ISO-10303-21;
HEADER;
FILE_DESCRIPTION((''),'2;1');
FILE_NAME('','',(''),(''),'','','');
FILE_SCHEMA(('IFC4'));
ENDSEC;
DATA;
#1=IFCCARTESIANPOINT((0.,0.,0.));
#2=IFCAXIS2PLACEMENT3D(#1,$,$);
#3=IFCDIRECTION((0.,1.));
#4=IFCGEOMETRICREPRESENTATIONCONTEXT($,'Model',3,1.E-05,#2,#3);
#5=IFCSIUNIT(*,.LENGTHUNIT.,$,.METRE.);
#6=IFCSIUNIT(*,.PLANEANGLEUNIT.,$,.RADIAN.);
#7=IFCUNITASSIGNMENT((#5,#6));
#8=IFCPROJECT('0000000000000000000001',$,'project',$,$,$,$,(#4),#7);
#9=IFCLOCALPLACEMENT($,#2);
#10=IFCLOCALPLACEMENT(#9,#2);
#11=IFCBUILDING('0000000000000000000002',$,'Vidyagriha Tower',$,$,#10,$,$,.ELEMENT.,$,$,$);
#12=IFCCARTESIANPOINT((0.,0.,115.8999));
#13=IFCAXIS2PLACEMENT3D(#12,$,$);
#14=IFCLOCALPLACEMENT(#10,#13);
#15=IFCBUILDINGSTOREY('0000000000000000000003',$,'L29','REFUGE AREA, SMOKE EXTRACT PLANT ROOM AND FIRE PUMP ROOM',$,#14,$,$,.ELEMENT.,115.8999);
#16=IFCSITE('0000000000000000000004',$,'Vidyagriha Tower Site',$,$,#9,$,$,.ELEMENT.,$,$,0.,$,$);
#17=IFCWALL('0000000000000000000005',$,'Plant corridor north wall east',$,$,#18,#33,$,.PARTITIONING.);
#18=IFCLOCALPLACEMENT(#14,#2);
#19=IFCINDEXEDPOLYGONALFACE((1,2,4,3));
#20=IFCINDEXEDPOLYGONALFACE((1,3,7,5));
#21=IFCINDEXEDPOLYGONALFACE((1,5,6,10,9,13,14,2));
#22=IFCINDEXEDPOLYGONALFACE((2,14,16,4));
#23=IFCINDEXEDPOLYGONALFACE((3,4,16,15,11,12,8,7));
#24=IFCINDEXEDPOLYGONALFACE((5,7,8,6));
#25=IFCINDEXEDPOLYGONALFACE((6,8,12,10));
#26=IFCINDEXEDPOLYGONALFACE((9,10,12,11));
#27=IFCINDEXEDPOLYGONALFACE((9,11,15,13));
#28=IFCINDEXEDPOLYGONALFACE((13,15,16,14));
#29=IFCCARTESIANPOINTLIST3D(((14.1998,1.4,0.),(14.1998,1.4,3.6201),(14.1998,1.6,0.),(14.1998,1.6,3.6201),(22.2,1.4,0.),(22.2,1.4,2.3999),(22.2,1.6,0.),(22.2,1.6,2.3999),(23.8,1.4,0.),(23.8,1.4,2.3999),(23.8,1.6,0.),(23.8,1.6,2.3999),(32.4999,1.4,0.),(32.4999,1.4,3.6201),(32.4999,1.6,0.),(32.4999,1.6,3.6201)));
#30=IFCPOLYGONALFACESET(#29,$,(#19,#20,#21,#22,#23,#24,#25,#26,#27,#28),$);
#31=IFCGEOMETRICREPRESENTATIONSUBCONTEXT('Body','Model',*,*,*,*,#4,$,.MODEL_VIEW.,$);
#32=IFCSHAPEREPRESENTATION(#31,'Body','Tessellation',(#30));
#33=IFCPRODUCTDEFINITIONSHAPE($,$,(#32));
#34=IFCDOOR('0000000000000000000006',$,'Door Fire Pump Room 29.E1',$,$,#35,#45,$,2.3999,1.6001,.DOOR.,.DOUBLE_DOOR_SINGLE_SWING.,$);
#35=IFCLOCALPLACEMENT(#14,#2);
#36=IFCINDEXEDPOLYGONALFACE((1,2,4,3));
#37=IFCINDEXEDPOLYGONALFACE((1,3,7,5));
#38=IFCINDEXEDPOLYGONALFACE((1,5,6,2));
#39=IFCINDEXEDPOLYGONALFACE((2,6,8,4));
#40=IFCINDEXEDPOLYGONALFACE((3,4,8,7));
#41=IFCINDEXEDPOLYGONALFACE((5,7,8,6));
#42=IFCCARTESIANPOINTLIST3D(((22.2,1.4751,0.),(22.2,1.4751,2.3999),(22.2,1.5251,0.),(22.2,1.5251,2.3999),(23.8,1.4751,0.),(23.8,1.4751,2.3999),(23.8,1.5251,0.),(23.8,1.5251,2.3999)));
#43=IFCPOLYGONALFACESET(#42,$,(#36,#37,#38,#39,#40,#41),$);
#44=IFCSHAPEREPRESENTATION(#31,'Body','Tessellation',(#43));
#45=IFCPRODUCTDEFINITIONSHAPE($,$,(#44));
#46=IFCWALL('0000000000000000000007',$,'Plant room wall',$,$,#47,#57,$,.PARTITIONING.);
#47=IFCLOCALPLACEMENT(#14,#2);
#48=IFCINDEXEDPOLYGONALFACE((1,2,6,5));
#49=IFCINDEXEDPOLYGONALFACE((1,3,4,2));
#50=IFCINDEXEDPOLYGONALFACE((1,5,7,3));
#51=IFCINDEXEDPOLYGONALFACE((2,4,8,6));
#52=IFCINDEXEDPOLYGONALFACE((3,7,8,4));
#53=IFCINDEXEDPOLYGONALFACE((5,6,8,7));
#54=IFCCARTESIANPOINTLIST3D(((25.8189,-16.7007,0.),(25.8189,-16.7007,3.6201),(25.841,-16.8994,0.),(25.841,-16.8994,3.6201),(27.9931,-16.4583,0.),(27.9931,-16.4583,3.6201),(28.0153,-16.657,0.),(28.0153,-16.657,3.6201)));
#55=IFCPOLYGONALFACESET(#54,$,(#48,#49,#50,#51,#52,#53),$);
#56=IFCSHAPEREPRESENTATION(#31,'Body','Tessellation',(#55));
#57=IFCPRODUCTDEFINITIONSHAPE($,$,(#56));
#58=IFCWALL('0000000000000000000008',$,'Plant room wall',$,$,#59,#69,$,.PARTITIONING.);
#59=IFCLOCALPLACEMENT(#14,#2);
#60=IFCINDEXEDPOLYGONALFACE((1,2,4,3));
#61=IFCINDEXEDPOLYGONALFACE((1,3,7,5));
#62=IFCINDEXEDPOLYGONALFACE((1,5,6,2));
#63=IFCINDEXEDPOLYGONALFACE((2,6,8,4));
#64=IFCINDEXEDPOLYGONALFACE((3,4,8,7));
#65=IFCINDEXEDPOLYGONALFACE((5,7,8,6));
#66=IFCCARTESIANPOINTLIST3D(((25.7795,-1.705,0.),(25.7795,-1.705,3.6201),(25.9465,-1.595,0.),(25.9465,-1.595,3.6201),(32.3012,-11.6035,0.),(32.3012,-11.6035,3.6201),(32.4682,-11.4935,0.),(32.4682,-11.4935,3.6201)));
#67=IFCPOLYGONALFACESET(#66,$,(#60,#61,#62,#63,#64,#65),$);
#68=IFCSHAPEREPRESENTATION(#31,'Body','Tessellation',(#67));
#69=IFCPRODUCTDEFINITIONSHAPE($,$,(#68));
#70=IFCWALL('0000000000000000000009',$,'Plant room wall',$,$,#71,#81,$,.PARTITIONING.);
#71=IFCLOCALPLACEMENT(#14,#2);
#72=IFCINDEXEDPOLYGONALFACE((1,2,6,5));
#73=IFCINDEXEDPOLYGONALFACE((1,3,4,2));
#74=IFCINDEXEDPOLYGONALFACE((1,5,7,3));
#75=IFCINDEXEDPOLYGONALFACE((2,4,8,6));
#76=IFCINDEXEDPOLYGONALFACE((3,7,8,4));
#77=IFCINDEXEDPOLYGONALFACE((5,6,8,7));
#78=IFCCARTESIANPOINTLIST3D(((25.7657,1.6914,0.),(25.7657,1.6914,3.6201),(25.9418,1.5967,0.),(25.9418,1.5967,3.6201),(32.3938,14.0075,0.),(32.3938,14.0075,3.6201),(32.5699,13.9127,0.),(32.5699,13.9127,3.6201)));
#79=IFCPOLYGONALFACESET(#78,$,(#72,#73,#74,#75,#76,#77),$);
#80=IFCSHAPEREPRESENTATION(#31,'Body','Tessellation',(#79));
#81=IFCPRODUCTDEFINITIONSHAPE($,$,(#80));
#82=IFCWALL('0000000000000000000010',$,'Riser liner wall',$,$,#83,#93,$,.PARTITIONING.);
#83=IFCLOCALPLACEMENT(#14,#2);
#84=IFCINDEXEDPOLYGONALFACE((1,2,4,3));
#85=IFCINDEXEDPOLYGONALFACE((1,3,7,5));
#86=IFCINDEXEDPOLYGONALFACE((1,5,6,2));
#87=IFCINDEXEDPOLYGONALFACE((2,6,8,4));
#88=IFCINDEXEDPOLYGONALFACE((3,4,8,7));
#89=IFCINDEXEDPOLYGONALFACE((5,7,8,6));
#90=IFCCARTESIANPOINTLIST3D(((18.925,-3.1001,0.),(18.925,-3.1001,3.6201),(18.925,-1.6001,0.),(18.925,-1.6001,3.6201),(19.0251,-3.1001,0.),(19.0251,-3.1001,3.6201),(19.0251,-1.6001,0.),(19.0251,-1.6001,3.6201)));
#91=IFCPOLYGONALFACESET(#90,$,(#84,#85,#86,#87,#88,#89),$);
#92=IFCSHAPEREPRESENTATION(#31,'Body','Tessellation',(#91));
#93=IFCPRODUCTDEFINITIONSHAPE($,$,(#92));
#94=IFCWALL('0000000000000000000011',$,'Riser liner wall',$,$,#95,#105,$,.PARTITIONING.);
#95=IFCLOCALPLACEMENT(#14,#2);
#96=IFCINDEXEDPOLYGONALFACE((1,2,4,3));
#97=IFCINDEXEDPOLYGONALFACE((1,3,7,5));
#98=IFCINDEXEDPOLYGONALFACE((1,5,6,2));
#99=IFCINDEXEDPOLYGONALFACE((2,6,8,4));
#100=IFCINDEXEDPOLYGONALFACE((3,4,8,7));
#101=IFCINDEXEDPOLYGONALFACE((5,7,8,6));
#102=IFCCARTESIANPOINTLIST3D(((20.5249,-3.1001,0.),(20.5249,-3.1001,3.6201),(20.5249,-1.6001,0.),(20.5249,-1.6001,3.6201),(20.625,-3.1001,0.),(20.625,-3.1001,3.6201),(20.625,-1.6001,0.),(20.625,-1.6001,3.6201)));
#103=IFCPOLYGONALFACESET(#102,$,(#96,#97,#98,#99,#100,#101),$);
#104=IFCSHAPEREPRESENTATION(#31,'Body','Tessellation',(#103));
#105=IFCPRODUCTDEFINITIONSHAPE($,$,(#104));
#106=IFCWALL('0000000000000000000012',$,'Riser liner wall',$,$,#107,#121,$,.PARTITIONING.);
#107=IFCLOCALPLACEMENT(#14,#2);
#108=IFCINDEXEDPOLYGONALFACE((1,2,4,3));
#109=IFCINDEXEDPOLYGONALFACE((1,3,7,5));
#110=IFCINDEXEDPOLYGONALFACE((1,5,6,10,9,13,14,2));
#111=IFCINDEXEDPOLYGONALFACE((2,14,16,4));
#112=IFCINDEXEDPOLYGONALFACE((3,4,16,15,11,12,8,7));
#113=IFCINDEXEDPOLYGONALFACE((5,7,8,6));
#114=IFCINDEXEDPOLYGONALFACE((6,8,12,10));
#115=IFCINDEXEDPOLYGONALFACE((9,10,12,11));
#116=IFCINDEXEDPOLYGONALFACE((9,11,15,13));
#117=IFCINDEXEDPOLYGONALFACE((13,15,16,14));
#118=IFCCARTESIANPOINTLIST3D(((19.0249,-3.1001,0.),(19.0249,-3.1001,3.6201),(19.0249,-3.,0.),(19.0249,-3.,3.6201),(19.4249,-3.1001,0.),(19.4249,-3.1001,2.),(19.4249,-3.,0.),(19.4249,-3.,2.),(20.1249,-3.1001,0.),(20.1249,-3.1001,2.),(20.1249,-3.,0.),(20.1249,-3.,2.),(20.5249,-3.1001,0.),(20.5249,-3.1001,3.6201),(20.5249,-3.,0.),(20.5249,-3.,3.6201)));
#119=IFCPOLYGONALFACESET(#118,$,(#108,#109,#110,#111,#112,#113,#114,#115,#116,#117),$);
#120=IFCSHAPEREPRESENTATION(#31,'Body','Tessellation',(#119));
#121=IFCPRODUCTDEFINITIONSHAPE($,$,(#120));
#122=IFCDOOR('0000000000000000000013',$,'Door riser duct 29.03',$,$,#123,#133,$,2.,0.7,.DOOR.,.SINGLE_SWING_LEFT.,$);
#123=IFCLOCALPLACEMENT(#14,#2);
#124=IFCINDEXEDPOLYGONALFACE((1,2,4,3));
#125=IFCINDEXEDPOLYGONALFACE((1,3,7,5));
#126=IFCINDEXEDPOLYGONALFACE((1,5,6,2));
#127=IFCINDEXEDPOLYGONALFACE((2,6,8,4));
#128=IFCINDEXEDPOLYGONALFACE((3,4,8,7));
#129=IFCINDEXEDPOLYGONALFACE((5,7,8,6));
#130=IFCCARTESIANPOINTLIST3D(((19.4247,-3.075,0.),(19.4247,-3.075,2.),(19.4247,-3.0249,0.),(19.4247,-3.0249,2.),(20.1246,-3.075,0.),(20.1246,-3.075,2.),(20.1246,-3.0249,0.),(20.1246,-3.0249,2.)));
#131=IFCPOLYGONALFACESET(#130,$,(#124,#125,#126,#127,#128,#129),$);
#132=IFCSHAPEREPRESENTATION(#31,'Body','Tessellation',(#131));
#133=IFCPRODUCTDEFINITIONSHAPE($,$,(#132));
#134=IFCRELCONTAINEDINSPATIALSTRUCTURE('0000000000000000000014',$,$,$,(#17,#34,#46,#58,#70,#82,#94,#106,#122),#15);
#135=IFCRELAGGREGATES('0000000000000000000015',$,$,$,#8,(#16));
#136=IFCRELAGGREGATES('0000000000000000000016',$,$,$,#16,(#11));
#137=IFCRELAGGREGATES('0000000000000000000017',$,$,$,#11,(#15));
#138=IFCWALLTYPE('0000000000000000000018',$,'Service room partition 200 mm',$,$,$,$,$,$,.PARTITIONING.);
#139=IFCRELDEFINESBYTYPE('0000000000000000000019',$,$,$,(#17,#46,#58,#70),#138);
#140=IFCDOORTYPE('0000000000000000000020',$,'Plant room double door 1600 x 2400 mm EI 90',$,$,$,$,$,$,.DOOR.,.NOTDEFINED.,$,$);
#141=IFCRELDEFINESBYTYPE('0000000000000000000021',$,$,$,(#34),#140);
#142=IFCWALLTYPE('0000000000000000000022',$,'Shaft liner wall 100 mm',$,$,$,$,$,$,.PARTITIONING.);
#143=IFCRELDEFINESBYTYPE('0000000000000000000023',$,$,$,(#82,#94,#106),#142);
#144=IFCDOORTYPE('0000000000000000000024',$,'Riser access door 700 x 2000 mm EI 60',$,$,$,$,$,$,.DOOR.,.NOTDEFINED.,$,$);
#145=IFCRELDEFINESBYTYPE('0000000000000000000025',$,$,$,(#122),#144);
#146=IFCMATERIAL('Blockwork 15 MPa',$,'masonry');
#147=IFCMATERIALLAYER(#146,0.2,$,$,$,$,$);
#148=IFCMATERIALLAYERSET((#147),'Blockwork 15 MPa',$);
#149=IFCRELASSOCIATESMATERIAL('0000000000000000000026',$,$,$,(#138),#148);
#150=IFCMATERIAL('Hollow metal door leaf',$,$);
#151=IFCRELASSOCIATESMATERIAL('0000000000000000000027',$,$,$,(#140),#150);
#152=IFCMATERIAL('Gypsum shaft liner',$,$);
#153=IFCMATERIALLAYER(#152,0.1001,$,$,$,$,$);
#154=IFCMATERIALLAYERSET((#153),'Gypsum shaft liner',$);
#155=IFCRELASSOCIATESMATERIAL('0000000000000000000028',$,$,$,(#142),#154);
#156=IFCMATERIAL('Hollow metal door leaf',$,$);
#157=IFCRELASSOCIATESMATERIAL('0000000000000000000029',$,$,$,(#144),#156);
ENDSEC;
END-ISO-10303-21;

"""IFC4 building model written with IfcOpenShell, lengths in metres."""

from ifc_helpers import new_model, si_unit, direction, frame, frame_2d, origin, place, context, subcontext, project, spatial, rectangle, extrude, material, layer, layer_set, type_object, element, fill, save


model = new_model("IFC4")

# Units and contexts
model_context = context("Model", 3, precision=1e-05, world=origin(), true_north=direction((0.0, 1.0)))
body_context = subcontext(model_context, "Body", "Model", "MODEL_VIEW")
ifc_project = project(units=[si_unit("LENGTHUNIT", "METRE"), si_unit("PLANEANGLEUNIT", "RADIAN")], contexts=[model_context])

# Site, building, storey
site_placement = place(None, origin())
site = spatial("IfcSite", under=ifc_project, at=site_placement, Name="Vidyagriha Tower Site", CompositionType="ELEMENT", RefElevation=0.0)
building_placement = place(site_placement, origin())
building = spatial("IfcBuilding", under=site, at=building_placement, Name="Vidyagriha Tower", CompositionType="ELEMENT")
storey_placement = place(building_placement, frame((0.0, 0.0, 115.8999)))
storey = spatial("IfcBuildingStorey", under=building, at=storey_placement, Name="L29", Description="REFUGE AREA, SMOKE EXTRACT PLANT ROOM AND FIRE PUMP ROOM", CompositionType="ELEMENT", Elevation=115.8999)

# Wall, opening, door
ifc_material_1 = material(Name="Blockwork 15 MPa", Category="masonry")
ifc_layer_1 = layer(ifc_material_1, 0.2)
ifc_layer_set_1 = layer_set([ifc_layer_1], Name="Blockwork 15 MPa")
wall_type_1 = type_object("IfcWallType", Name="Service room partition 200 mm", PredefinedType="PARTITIONING", material=ifc_layer_set_1)
wall_1_placement = place(storey_placement, frame((14.2, 1.5, 0.0)))
wall_1 = element("IfcWall", 1, at=wall_1_placement, inside=storey, type_object=wall_type_1, Name="Plant corridor north wall east", PredefinedType="PARTITIONING", context=body_context, shape_type="SweptSolid", body=[
    extrude(rectangle(XDim=18.3, YDim=0.2, at=frame_2d((9.1499, 0.0))), origin(), (0.0, 0.0, 1.0), 3.6201),
])
opening_1_placement = place(wall_1_placement, frame((8.0, 0.0, 0.0)))
opening_1 = element("IfcOpeningElement", 2, at=opening_1_placement, cuts=wall_1, PredefinedType="OPENING", context=body_context, shape_type="SweptSolid", body=[
    extrude(rectangle(XDim=1.6001, YDim=2.3999, at=frame_2d((0.8, 1.2))), frame((0.0, 0.1099, 0.0), z_axis=(0.0, -1.0, 0.0), x_axis=(1.0, 0.0, 0.0)), (0.0, 0.0, 1.0), 0.22),
])
ifc_material_2 = material(Name="Hollow metal door leaf")
door_type_1 = type_object("IfcDoorType", Name="Plant room double door 1600 x 2400 mm EI 90", OperationType="NOTDEFINED", PredefinedType="DOOR", material=ifc_material_2)
door_1_placement = place(opening_1_placement, frame((1.6001, 0.0, 0.0), z_axis=(0.0, 0.0, 1.0), x_axis=(-1.0, 0.0, 0.0)))
door_1 = element("IfcDoor", 3, at=door_1_placement, inside=storey, type_object=door_type_1, Name="Door Fire Pump Room 29.E1", OperationType="DOUBLE_DOOR_SINGLE_SWING", OverallHeight=2.3999, OverallWidth=1.6001, PredefinedType="DOOR", context=body_context, shape_type="SweptSolid", body=[
    extrude(rectangle(XDim=1.6001, YDim=2.3999, at=frame_2d((0.8, 1.2))), frame((0.0, 0.0249, 0.0), z_axis=(0.0, -1.0, 0.0), x_axis=(1.0, 0.0, 0.0)), (0.0, 0.0, 1.0), 0.05),
])
fill(opening_1, door_1)

# Walls
wall_2_placement = place(storey_placement, frame((25.8301, -16.8, 0.0), z_axis=(0.0, 0.0, 1.0), x_axis=(0.993841, 0.110811, 0.0)))
element("IfcWall", 4, at=wall_2_placement, inside=storey, type_object=wall_type_1, Name="Plant room wall", PredefinedType="PARTITIONING", context=body_context, shape_type="SweptSolid", body=[
    extrude(rectangle(XDim=2.1877, YDim=0.2, at=frame_2d((1.0938, 0.0))), origin(), (0.0, 0.0, 1.0), 3.6201),
])
wall_3_placement = place(storey_placement, frame((25.863, -1.6501, 0.0), z_axis=(0.0, 0.0, 1.0), x_axis=(0.550182, -0.835045, 0.0)))
element("IfcWall", 5, at=wall_3_placement, inside=storey, type_object=wall_type_1, Name="Plant room wall", PredefinedType="PARTITIONING", context=body_context, shape_type="SweptSolid", body=[
    extrude(rectangle(XDim=11.8538, YDim=0.2, at=frame_2d((5.9268, 0.0))), origin(), (0.0, 0.0, 1.0), 3.6201),
])
wall_4_placement = place(storey_placement, frame((25.8538, 1.644, 0.0), z_axis=(0.0, 0.0, 1.0), x_axis=(0.4739, 0.880579, 0.0)))
element("IfcWall", 6, at=wall_4_placement, inside=storey, type_object=wall_type_1, Name="Plant room wall", PredefinedType="PARTITIONING", context=body_context, shape_type="SweptSolid", body=[
    extrude(rectangle(XDim=13.9863, YDim=0.2, at=frame_2d((6.9932, 0.0))), origin(), (0.0, 0.0, 1.0), 3.6201),
])
ifc_material_3 = material(Name="Gypsum shaft liner")
ifc_layer_2 = layer(ifc_material_3, 0.1001)
ifc_layer_set_2 = layer_set([ifc_layer_2], Name="Gypsum shaft liner")
wall_type_2 = type_object("IfcWallType", Name="Shaft liner wall 100 mm", PredefinedType="PARTITIONING", material=ifc_layer_set_2)
for number, where, z_axis, x_axis, name in (
    (7, (18.9751, -1.6001, 0.0), (0.0, 0.0, 1.0), (0.0, -1.0, 0.0), "Riser liner wall"),
    (8, (20.575, -1.6001, 0.0), (0.0, 0.0, 1.0), (0.0, -1.0, 0.0), "Riser liner wall"),
):
    element("IfcWall", number, at=place(storey_placement, frame(where, z_axis=z_axis, x_axis=x_axis)), inside=storey, type_object=wall_type_2, Name=name, PredefinedType="PARTITIONING", context=body_context, shape_type="SweptSolid", body=[
        extrude(rectangle(XDim=1.5, YDim=0.1001, at=frame_2d((0.75, 0.0))), origin(), (0.0, 0.0, 1.0), 3.6201),
    ])

# Wall, opening, door
wall_5_placement = place(storey_placement, frame((19.0249, -3.05, 0.0)))
wall_5 = element("IfcWall", 9, at=wall_5_placement, inside=storey, type_object=wall_type_2, Name="Riser liner wall", PredefinedType="PARTITIONING", context=body_context, shape_type="SweptSolid", body=[
    extrude(rectangle(XDim=1.5, YDim=0.1001, at=frame_2d((0.75, 0.0))), origin(), (0.0, 0.0, 1.0), 3.6201),
])
opening_2_placement = place(wall_5_placement, frame((0.3999, 0.0, 0.0)))
opening_2 = element("IfcOpeningElement", 10, at=opening_2_placement, cuts=wall_5, PredefinedType="OPENING", context=body_context, shape_type="SweptSolid", body=[
    extrude(rectangle(XDim=0.7, YDim=2.0, at=frame_2d((0.3501, 1.0))), frame((0.0, 0.0601, 0.0), z_axis=(0.0, -1.0, 0.0), x_axis=(1.0, 0.0, 0.0)), (0.0, 0.0, 1.0), 0.1201),
])
ifc_material_4 = material(Name="Hollow metal door leaf")
door_type_2 = type_object("IfcDoorType", Name="Riser access door 700 x 2000 mm EI 60", OperationType="NOTDEFINED", PredefinedType="DOOR", material=ifc_material_4)
door_2_placement = place(opening_2_placement, frame((0.7, 0.0, 0.0), z_axis=(0.0, 0.0, 1.0), x_axis=(-1.0, 0.0, 0.0)))
door_2 = element("IfcDoor", 11, at=door_2_placement, inside=storey, type_object=door_type_2, Name="Door riser duct 29.03", OperationType="SINGLE_SWING_LEFT", OverallHeight=2.0, OverallWidth=0.7, PredefinedType="DOOR", context=body_context, shape_type="SweptSolid", body=[
    extrude(rectangle(XDim=0.7, YDim=2.0, at=frame_2d((0.3501, 1.0))), frame((0.0, 0.0249, 0.0), z_axis=(0.0, -1.0, 0.0), x_axis=(1.0, 0.0, 0.0)), (0.0, 0.0, 1.0), 0.05),
])
fill(opening_2, door_2)

save(model, "model.ifc")
